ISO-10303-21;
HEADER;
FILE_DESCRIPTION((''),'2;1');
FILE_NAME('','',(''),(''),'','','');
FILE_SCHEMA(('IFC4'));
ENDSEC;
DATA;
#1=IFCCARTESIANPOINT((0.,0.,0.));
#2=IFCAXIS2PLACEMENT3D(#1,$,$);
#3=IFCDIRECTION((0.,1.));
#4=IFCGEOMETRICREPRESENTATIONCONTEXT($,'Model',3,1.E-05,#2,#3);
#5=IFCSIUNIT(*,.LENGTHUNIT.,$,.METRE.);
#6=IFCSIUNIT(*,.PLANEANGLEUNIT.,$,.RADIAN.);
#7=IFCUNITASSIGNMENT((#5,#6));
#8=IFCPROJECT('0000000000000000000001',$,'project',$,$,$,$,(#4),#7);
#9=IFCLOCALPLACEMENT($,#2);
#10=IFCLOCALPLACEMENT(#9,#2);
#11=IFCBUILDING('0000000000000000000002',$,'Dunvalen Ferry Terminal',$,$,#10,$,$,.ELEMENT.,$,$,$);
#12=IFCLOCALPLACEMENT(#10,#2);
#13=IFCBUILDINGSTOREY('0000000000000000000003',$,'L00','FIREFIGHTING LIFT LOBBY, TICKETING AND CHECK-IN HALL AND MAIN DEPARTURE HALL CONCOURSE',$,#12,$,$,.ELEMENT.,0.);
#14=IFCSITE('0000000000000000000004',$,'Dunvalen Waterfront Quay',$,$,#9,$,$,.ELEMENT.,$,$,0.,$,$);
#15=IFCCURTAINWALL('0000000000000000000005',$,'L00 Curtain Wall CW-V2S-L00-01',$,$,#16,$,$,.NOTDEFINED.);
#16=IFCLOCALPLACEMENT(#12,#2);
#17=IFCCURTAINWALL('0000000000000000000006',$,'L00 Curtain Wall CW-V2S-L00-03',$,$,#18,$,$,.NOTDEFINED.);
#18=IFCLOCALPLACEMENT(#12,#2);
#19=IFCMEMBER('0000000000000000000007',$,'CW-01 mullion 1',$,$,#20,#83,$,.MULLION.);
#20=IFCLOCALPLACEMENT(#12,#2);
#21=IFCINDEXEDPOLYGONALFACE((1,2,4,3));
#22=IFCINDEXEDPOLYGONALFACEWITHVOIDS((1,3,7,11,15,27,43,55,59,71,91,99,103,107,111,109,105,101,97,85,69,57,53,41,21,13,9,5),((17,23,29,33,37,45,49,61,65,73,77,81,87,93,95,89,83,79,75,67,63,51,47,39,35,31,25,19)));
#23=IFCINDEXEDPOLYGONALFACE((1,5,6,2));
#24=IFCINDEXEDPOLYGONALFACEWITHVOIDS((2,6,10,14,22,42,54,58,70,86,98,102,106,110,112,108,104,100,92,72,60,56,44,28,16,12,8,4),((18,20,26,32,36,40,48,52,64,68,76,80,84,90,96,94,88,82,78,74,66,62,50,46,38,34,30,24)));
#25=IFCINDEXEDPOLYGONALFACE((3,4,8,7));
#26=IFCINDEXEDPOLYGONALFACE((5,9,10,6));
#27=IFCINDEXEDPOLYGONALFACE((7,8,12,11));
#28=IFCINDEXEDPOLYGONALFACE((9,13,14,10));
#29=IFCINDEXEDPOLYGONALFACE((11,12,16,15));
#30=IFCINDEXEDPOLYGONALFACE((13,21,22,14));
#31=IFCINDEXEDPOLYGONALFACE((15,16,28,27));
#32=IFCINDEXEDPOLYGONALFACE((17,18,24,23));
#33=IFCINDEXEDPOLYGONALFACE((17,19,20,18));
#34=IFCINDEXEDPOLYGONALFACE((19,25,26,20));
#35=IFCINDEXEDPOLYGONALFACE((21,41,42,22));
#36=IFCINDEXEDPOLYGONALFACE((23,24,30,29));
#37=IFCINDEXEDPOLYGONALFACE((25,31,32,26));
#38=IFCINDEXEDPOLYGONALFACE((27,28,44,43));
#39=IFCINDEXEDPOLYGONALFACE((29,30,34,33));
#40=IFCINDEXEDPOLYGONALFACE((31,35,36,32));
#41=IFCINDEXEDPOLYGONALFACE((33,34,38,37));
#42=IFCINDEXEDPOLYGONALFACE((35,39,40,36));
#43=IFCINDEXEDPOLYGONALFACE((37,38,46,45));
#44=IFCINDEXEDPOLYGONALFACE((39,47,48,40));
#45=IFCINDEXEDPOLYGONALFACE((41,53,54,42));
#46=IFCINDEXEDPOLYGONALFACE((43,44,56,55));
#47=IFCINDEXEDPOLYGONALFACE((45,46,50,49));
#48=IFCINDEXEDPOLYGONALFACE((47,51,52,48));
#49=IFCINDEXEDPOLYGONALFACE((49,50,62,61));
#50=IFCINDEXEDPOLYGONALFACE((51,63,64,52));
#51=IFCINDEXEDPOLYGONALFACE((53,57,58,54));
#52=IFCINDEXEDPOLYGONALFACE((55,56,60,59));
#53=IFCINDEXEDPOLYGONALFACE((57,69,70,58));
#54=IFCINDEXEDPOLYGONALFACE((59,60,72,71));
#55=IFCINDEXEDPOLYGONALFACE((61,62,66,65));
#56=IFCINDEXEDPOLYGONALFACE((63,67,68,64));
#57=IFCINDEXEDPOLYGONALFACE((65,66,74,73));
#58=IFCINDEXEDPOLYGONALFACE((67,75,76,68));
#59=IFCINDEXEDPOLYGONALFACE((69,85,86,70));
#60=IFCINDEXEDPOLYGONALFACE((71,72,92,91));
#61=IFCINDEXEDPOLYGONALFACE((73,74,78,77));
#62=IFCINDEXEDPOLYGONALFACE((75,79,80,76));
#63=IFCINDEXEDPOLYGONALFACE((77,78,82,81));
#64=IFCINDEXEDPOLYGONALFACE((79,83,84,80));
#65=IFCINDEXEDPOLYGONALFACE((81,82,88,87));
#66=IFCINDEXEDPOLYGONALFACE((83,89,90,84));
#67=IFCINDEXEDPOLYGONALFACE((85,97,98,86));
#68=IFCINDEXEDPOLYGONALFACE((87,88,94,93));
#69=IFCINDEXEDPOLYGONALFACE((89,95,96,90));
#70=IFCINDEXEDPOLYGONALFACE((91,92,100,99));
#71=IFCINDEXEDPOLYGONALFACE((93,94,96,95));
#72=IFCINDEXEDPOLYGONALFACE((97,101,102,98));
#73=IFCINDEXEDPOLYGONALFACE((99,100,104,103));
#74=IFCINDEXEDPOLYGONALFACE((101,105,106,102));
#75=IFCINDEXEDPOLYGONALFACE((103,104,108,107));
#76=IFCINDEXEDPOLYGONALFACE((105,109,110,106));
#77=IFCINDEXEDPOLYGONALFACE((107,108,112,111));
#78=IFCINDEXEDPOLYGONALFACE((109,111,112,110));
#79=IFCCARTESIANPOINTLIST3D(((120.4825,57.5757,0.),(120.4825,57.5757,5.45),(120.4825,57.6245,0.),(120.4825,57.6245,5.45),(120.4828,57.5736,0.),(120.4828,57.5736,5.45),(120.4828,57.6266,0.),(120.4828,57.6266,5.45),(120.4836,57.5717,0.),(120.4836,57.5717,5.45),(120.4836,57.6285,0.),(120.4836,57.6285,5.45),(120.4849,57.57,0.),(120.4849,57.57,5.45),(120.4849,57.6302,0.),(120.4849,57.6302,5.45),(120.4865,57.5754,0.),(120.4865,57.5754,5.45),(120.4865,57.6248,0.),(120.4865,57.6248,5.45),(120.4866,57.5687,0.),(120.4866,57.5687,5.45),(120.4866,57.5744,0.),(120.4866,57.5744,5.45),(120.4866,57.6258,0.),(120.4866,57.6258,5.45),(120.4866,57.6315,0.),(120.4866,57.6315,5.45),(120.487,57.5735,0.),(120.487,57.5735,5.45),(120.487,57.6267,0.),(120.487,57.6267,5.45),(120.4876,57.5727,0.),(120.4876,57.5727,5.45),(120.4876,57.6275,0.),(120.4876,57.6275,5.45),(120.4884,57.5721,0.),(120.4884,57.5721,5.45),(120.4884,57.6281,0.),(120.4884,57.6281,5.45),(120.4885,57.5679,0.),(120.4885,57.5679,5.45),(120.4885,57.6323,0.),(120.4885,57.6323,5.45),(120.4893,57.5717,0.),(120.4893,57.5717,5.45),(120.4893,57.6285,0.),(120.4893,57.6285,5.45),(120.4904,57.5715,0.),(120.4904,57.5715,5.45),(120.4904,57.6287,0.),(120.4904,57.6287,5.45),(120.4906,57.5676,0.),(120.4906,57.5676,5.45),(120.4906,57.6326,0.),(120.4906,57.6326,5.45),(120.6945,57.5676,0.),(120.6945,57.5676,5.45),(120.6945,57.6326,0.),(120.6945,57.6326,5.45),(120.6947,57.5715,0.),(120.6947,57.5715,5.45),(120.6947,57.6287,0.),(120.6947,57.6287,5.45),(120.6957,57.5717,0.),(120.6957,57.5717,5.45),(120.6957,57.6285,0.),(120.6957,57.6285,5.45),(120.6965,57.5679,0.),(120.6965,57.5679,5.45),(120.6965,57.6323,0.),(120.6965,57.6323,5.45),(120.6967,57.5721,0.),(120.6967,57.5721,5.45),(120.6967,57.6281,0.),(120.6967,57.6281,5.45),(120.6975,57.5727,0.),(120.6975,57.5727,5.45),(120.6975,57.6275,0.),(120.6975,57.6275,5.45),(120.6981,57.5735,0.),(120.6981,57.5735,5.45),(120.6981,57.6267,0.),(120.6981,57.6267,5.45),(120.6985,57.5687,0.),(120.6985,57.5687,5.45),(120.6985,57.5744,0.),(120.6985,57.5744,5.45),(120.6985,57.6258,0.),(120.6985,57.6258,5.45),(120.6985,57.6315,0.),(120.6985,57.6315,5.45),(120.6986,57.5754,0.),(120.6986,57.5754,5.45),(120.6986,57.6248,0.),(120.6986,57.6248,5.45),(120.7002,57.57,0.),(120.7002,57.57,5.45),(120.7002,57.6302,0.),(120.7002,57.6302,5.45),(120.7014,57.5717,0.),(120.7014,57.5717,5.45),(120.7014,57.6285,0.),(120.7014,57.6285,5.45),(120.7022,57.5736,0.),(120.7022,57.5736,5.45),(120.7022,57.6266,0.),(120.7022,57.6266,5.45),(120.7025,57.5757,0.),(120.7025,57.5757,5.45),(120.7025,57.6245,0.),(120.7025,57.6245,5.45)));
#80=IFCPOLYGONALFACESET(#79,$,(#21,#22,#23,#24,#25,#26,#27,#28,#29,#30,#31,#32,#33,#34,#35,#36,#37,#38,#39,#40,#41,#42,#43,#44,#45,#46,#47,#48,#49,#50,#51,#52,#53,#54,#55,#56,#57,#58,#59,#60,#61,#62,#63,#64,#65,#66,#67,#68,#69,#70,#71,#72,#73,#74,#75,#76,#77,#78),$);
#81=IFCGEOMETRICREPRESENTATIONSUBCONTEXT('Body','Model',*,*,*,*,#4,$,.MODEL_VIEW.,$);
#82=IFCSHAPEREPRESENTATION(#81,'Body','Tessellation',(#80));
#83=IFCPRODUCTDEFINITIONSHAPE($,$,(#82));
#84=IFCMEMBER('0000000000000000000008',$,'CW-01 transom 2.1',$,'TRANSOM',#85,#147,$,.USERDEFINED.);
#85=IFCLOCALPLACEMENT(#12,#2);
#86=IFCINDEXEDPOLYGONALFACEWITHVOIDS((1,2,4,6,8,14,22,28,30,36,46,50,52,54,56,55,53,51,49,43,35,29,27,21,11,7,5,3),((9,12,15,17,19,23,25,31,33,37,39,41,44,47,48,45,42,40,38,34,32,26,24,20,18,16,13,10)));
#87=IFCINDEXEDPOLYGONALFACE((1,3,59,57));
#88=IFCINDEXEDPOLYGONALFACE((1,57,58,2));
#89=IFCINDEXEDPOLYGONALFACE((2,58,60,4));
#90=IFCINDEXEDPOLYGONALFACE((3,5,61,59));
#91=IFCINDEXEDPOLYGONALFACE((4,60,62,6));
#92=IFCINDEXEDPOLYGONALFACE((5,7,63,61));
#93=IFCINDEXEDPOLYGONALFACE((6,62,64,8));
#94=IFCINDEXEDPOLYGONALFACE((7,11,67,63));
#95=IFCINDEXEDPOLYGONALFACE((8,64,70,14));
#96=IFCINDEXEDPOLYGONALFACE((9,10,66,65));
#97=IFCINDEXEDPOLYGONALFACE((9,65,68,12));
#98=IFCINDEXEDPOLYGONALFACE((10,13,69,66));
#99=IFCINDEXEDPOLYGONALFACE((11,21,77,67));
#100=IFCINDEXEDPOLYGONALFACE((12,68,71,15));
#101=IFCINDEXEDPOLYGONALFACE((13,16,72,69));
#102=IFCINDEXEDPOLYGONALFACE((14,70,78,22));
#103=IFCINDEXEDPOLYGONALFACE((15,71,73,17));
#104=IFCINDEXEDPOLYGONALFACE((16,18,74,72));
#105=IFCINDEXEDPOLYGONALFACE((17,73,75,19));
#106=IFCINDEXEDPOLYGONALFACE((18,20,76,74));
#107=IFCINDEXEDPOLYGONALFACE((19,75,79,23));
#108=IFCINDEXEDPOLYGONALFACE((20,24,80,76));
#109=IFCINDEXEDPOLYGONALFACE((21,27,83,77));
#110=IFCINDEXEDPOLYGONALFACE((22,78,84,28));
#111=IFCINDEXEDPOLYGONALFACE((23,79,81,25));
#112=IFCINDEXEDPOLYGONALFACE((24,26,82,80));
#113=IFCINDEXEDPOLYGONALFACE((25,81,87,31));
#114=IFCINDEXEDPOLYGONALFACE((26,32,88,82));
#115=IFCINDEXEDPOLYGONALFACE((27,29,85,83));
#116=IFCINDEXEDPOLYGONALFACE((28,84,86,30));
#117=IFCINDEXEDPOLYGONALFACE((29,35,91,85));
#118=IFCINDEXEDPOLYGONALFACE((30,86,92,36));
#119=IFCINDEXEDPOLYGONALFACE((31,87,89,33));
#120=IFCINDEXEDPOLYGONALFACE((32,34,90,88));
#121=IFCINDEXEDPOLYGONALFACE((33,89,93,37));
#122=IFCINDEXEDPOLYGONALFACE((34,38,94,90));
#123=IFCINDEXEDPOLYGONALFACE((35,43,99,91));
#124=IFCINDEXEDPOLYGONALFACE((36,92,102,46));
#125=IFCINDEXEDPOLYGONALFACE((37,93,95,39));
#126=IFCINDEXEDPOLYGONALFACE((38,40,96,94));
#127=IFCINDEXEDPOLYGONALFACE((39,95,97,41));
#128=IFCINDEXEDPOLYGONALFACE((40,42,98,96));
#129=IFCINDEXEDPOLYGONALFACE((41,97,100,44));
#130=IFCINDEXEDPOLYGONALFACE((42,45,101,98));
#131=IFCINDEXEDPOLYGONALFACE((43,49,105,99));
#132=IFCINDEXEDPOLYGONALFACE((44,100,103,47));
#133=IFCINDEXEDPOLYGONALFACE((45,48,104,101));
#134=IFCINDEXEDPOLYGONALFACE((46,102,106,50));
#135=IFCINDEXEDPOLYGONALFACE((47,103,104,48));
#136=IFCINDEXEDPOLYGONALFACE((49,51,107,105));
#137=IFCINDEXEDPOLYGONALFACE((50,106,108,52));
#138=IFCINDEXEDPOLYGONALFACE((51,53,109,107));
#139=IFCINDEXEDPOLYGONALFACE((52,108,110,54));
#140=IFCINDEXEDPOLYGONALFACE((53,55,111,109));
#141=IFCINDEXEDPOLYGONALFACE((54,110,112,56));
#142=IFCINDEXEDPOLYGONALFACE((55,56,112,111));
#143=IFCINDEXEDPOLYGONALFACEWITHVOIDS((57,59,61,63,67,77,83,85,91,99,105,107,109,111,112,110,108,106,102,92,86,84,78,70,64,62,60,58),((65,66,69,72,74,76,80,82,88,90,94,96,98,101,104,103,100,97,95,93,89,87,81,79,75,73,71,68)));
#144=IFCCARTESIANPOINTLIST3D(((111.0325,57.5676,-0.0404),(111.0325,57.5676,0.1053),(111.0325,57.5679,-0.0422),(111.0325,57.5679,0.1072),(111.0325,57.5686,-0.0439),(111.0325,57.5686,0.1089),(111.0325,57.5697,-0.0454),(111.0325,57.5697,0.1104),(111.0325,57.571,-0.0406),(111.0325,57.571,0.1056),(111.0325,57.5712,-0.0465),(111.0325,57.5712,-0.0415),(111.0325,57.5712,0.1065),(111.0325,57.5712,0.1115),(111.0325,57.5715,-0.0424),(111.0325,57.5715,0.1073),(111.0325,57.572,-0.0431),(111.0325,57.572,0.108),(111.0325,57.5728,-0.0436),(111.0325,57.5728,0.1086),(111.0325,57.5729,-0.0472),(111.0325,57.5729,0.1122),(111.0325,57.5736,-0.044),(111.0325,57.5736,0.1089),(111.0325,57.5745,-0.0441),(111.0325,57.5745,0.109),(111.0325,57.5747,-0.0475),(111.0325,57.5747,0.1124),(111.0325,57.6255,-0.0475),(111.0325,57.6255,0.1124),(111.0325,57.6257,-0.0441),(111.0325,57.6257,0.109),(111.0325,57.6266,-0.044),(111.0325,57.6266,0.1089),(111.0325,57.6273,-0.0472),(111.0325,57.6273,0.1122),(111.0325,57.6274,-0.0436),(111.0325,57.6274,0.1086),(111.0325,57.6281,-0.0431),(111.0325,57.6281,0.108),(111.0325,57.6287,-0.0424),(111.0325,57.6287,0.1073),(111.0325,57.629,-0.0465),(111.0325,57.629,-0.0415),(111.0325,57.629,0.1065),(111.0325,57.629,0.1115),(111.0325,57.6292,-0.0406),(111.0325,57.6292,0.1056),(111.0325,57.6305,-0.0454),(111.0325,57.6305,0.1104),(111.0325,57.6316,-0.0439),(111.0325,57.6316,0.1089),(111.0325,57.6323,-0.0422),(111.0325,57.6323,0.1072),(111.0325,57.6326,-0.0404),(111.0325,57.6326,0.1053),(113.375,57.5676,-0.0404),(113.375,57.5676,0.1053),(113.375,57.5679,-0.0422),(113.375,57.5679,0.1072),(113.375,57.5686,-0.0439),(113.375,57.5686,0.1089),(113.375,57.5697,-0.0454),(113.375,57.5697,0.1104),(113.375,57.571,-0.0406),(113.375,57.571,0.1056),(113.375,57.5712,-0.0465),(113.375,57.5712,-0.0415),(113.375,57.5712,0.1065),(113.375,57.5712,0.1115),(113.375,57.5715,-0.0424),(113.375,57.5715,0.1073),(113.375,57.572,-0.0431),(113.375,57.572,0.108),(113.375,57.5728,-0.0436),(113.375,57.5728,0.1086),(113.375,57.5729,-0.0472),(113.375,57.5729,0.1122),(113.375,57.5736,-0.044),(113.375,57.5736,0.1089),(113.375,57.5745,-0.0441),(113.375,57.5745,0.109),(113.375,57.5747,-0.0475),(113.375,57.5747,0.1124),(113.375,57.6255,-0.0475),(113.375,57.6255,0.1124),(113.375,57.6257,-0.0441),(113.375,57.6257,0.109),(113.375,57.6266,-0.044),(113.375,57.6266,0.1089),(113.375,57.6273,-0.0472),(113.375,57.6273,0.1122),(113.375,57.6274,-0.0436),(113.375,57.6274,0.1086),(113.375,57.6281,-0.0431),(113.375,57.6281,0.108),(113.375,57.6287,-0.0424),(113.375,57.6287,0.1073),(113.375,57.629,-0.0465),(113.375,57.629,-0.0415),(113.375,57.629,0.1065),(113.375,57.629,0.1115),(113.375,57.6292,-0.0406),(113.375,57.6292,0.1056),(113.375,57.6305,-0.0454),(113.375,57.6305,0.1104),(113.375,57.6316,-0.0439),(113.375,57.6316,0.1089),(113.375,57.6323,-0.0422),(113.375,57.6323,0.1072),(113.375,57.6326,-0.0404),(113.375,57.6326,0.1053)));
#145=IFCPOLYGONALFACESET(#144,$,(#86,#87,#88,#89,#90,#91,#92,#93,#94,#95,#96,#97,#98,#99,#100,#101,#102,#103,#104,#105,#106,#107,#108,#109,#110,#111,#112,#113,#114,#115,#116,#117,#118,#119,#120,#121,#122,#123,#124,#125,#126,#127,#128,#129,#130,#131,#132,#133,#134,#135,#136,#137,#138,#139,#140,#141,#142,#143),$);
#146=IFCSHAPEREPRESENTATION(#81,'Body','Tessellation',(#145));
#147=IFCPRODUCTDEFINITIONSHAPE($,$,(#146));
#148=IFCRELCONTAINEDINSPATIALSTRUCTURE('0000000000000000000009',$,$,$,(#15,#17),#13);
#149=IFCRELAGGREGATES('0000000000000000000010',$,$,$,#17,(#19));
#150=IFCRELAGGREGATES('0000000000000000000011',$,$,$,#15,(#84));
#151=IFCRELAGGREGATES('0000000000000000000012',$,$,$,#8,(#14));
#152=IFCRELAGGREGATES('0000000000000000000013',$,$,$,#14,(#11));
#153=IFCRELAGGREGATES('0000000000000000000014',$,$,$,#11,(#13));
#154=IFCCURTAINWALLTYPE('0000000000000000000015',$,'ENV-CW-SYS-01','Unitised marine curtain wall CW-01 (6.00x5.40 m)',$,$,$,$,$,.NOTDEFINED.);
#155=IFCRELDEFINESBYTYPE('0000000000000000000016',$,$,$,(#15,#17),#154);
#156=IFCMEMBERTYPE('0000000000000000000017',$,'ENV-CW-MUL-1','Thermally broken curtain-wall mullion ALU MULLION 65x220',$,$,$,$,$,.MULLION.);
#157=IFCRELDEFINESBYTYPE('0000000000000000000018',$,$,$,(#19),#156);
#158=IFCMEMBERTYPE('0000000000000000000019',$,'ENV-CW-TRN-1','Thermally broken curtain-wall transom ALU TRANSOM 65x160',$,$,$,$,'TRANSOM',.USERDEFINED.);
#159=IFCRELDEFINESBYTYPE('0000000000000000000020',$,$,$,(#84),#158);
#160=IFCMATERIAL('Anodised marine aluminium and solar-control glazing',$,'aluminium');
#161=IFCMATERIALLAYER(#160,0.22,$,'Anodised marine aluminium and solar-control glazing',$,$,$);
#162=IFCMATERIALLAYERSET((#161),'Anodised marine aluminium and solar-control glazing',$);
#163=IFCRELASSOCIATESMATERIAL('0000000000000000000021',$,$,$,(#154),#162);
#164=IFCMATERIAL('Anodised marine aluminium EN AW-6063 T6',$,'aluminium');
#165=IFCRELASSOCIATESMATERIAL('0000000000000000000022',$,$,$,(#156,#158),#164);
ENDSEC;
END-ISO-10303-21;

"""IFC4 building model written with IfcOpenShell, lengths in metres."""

from ifc_helpers import new_model, si_unit, direction, frame, origin, origin_2d, place, context, subcontext, project, spatial, hollow_rectangle, extrude, material, layer, layer_set, material_profile, profile_set, type_object, element, aggregate, save


model = new_model("IFC4")

# Units and contexts
model_context = context("Model", 3, precision=1e-05, world=origin(), true_north=direction((0.0, 1.0)))
body_context = subcontext(model_context, "Body", "Model", "MODEL_VIEW")
ifc_project = project(units=[si_unit("LENGTHUNIT", "METRE"), si_unit("PLANEANGLEUNIT", "RADIAN")], contexts=[model_context])

# Site, building, storey
site_placement = place(None, origin())
site = spatial("IfcSite", under=ifc_project, at=site_placement, Name="Dunvalen Waterfront Quay", CompositionType="ELEMENT", RefElevation=0.0)
building_placement = place(site_placement, origin())
building = spatial("IfcBuilding", under=site, at=building_placement, Name="Dunvalen Ferry Terminal", CompositionType="ELEMENT")
storey_placement = place(building_placement, origin())
storey = spatial("IfcBuildingStorey", under=building, at=storey_placement, Name="L00", Description="FIREFIGHTING LIFT LOBBY, TICKETING AND CHECK-IN HALL AND MAIN DEPARTURE HALL CONCOURSE", CompositionType="ELEMENT", Elevation=0.0)

# Curtain wall
ifc_material_1 = material(Name="Anodised marine aluminium and solar-control glazing", Category="aluminium")
ifc_layer_1 = layer(ifc_material_1, 0.22, Name="Anodised marine aluminium and solar-control glazing")
ifc_layer_set_1 = layer_set([ifc_layer_1], Name="Anodised marine aluminium and solar-control glazing")
curtain_wall_type = type_object("IfcCurtainWallType", Name="ENV-CW-SYS-01", Description="Unitised marine curtain wall CW-01 (6.00x5.40 m)", PredefinedType="NOTDEFINED", material=ifc_layer_set_1)
curtain_wall_1_placement = place(storey_placement, origin())
curtain_wall_1 = element("IfcCurtainWall", 1, at=curtain_wall_1_placement, inside=storey, type_object=curtain_wall_type, Name="L00 Curtain Wall CW-V2S-L00-01", PredefinedType="NOTDEFINED")
ifc_material_2 = material(Name="Anodised marine aluminium EN AW-6063 T6", Category="aluminium")
ifc_material_profile_1 = material_profile(ifc_material_2, hollow_rectangle(XDim=0.0649, YDim=0.22, WallThickness=0.0039, InnerFilletRadius=0.0039, OuterFilletRadius=0.0081, at=origin_2d()), Name="Anodised marine aluminium EN AW-6063 T6")
ifc_profile_set_1 = profile_set([ifc_material_profile_1], Name="Anodised marine aluminium EN AW-6063 T6")
member_type_1 = type_object("IfcMemberType", Name="ENV-CW-MUL-1", Description="Thermally broken curtain-wall mullion ALU MULLION 65x220", PredefinedType="MULLION", material=ifc_profile_set_1)

# Curtain wall, member
curtain_wall_2_placement = place(storey_placement, origin())
curtain_wall_2 = element("IfcCurtainWall", 2, at=curtain_wall_2_placement, inside=storey, type_object=curtain_wall_type, Name="L00 Curtain Wall CW-V2S-L00-03", PredefinedType="NOTDEFINED")
member_1_placement = place(storey_placement, frame((120.5925, 57.6001, 0.0), z_axis=(0.0, 0.0, 1.0), x_axis=(0.0, 1.0, 0.0)))
member_1 = element("IfcMember", 3, at=member_1_placement, type_object=member_type_1, Name="CW-01 mullion 1", PredefinedType="MULLION", context=body_context, shape_type="SweptSolid", body=[
    extrude(hollow_rectangle(XDim=0.0649, YDim=0.22, WallThickness=0.0039, InnerFilletRadius=0.0039, OuterFilletRadius=0.0081, at=origin_2d()), origin(), (0.0, 0.0, 1.0), 5.45),
])

# Member
ifc_material_profile_2 = material_profile(ifc_material_2, hollow_rectangle(XDim=0.0649, YDim=0.1599, WallThickness=0.0034, InnerFilletRadius=0.0034, OuterFilletRadius=0.0071, at=origin_2d()), Name="Anodised marine aluminium EN AW-6063 T6")
ifc_profile_set_2 = profile_set([ifc_material_profile_2], Name="Anodised marine aluminium EN AW-6063 T6")
member_type_2 = type_object("IfcMemberType", Name="ENV-CW-TRN-1", Description="Thermally broken curtain-wall transom ALU TRANSOM 65x160", ElementType="TRANSOM", PredefinedType="USERDEFINED", material=ifc_profile_set_2)
member_2_placement = place(storey_placement, frame((111.0325, 57.6001, 0.0325), z_axis=(1.0, 0.0, 0.0), x_axis=(0.0, 1.0, 0.0)))
member_2 = element("IfcMember", 4, at=member_2_placement, type_object=member_type_2, Name="CW-01 transom 2.1", ObjectType="TRANSOM", PredefinedType="USERDEFINED", context=body_context, shape_type="SweptSolid", body=[
    extrude(hollow_rectangle(XDim=0.0649, YDim=0.1599, WallThickness=0.0034, InnerFilletRadius=0.0034, OuterFilletRadius=0.0071, at=origin_2d()), origin(), (0.0, 0.0, 1.0), 2.3425),
])
aggregate(curtain_wall_2, [member_1])

aggregate(curtain_wall_1, [member_2])

save(model, "model.ifc")
